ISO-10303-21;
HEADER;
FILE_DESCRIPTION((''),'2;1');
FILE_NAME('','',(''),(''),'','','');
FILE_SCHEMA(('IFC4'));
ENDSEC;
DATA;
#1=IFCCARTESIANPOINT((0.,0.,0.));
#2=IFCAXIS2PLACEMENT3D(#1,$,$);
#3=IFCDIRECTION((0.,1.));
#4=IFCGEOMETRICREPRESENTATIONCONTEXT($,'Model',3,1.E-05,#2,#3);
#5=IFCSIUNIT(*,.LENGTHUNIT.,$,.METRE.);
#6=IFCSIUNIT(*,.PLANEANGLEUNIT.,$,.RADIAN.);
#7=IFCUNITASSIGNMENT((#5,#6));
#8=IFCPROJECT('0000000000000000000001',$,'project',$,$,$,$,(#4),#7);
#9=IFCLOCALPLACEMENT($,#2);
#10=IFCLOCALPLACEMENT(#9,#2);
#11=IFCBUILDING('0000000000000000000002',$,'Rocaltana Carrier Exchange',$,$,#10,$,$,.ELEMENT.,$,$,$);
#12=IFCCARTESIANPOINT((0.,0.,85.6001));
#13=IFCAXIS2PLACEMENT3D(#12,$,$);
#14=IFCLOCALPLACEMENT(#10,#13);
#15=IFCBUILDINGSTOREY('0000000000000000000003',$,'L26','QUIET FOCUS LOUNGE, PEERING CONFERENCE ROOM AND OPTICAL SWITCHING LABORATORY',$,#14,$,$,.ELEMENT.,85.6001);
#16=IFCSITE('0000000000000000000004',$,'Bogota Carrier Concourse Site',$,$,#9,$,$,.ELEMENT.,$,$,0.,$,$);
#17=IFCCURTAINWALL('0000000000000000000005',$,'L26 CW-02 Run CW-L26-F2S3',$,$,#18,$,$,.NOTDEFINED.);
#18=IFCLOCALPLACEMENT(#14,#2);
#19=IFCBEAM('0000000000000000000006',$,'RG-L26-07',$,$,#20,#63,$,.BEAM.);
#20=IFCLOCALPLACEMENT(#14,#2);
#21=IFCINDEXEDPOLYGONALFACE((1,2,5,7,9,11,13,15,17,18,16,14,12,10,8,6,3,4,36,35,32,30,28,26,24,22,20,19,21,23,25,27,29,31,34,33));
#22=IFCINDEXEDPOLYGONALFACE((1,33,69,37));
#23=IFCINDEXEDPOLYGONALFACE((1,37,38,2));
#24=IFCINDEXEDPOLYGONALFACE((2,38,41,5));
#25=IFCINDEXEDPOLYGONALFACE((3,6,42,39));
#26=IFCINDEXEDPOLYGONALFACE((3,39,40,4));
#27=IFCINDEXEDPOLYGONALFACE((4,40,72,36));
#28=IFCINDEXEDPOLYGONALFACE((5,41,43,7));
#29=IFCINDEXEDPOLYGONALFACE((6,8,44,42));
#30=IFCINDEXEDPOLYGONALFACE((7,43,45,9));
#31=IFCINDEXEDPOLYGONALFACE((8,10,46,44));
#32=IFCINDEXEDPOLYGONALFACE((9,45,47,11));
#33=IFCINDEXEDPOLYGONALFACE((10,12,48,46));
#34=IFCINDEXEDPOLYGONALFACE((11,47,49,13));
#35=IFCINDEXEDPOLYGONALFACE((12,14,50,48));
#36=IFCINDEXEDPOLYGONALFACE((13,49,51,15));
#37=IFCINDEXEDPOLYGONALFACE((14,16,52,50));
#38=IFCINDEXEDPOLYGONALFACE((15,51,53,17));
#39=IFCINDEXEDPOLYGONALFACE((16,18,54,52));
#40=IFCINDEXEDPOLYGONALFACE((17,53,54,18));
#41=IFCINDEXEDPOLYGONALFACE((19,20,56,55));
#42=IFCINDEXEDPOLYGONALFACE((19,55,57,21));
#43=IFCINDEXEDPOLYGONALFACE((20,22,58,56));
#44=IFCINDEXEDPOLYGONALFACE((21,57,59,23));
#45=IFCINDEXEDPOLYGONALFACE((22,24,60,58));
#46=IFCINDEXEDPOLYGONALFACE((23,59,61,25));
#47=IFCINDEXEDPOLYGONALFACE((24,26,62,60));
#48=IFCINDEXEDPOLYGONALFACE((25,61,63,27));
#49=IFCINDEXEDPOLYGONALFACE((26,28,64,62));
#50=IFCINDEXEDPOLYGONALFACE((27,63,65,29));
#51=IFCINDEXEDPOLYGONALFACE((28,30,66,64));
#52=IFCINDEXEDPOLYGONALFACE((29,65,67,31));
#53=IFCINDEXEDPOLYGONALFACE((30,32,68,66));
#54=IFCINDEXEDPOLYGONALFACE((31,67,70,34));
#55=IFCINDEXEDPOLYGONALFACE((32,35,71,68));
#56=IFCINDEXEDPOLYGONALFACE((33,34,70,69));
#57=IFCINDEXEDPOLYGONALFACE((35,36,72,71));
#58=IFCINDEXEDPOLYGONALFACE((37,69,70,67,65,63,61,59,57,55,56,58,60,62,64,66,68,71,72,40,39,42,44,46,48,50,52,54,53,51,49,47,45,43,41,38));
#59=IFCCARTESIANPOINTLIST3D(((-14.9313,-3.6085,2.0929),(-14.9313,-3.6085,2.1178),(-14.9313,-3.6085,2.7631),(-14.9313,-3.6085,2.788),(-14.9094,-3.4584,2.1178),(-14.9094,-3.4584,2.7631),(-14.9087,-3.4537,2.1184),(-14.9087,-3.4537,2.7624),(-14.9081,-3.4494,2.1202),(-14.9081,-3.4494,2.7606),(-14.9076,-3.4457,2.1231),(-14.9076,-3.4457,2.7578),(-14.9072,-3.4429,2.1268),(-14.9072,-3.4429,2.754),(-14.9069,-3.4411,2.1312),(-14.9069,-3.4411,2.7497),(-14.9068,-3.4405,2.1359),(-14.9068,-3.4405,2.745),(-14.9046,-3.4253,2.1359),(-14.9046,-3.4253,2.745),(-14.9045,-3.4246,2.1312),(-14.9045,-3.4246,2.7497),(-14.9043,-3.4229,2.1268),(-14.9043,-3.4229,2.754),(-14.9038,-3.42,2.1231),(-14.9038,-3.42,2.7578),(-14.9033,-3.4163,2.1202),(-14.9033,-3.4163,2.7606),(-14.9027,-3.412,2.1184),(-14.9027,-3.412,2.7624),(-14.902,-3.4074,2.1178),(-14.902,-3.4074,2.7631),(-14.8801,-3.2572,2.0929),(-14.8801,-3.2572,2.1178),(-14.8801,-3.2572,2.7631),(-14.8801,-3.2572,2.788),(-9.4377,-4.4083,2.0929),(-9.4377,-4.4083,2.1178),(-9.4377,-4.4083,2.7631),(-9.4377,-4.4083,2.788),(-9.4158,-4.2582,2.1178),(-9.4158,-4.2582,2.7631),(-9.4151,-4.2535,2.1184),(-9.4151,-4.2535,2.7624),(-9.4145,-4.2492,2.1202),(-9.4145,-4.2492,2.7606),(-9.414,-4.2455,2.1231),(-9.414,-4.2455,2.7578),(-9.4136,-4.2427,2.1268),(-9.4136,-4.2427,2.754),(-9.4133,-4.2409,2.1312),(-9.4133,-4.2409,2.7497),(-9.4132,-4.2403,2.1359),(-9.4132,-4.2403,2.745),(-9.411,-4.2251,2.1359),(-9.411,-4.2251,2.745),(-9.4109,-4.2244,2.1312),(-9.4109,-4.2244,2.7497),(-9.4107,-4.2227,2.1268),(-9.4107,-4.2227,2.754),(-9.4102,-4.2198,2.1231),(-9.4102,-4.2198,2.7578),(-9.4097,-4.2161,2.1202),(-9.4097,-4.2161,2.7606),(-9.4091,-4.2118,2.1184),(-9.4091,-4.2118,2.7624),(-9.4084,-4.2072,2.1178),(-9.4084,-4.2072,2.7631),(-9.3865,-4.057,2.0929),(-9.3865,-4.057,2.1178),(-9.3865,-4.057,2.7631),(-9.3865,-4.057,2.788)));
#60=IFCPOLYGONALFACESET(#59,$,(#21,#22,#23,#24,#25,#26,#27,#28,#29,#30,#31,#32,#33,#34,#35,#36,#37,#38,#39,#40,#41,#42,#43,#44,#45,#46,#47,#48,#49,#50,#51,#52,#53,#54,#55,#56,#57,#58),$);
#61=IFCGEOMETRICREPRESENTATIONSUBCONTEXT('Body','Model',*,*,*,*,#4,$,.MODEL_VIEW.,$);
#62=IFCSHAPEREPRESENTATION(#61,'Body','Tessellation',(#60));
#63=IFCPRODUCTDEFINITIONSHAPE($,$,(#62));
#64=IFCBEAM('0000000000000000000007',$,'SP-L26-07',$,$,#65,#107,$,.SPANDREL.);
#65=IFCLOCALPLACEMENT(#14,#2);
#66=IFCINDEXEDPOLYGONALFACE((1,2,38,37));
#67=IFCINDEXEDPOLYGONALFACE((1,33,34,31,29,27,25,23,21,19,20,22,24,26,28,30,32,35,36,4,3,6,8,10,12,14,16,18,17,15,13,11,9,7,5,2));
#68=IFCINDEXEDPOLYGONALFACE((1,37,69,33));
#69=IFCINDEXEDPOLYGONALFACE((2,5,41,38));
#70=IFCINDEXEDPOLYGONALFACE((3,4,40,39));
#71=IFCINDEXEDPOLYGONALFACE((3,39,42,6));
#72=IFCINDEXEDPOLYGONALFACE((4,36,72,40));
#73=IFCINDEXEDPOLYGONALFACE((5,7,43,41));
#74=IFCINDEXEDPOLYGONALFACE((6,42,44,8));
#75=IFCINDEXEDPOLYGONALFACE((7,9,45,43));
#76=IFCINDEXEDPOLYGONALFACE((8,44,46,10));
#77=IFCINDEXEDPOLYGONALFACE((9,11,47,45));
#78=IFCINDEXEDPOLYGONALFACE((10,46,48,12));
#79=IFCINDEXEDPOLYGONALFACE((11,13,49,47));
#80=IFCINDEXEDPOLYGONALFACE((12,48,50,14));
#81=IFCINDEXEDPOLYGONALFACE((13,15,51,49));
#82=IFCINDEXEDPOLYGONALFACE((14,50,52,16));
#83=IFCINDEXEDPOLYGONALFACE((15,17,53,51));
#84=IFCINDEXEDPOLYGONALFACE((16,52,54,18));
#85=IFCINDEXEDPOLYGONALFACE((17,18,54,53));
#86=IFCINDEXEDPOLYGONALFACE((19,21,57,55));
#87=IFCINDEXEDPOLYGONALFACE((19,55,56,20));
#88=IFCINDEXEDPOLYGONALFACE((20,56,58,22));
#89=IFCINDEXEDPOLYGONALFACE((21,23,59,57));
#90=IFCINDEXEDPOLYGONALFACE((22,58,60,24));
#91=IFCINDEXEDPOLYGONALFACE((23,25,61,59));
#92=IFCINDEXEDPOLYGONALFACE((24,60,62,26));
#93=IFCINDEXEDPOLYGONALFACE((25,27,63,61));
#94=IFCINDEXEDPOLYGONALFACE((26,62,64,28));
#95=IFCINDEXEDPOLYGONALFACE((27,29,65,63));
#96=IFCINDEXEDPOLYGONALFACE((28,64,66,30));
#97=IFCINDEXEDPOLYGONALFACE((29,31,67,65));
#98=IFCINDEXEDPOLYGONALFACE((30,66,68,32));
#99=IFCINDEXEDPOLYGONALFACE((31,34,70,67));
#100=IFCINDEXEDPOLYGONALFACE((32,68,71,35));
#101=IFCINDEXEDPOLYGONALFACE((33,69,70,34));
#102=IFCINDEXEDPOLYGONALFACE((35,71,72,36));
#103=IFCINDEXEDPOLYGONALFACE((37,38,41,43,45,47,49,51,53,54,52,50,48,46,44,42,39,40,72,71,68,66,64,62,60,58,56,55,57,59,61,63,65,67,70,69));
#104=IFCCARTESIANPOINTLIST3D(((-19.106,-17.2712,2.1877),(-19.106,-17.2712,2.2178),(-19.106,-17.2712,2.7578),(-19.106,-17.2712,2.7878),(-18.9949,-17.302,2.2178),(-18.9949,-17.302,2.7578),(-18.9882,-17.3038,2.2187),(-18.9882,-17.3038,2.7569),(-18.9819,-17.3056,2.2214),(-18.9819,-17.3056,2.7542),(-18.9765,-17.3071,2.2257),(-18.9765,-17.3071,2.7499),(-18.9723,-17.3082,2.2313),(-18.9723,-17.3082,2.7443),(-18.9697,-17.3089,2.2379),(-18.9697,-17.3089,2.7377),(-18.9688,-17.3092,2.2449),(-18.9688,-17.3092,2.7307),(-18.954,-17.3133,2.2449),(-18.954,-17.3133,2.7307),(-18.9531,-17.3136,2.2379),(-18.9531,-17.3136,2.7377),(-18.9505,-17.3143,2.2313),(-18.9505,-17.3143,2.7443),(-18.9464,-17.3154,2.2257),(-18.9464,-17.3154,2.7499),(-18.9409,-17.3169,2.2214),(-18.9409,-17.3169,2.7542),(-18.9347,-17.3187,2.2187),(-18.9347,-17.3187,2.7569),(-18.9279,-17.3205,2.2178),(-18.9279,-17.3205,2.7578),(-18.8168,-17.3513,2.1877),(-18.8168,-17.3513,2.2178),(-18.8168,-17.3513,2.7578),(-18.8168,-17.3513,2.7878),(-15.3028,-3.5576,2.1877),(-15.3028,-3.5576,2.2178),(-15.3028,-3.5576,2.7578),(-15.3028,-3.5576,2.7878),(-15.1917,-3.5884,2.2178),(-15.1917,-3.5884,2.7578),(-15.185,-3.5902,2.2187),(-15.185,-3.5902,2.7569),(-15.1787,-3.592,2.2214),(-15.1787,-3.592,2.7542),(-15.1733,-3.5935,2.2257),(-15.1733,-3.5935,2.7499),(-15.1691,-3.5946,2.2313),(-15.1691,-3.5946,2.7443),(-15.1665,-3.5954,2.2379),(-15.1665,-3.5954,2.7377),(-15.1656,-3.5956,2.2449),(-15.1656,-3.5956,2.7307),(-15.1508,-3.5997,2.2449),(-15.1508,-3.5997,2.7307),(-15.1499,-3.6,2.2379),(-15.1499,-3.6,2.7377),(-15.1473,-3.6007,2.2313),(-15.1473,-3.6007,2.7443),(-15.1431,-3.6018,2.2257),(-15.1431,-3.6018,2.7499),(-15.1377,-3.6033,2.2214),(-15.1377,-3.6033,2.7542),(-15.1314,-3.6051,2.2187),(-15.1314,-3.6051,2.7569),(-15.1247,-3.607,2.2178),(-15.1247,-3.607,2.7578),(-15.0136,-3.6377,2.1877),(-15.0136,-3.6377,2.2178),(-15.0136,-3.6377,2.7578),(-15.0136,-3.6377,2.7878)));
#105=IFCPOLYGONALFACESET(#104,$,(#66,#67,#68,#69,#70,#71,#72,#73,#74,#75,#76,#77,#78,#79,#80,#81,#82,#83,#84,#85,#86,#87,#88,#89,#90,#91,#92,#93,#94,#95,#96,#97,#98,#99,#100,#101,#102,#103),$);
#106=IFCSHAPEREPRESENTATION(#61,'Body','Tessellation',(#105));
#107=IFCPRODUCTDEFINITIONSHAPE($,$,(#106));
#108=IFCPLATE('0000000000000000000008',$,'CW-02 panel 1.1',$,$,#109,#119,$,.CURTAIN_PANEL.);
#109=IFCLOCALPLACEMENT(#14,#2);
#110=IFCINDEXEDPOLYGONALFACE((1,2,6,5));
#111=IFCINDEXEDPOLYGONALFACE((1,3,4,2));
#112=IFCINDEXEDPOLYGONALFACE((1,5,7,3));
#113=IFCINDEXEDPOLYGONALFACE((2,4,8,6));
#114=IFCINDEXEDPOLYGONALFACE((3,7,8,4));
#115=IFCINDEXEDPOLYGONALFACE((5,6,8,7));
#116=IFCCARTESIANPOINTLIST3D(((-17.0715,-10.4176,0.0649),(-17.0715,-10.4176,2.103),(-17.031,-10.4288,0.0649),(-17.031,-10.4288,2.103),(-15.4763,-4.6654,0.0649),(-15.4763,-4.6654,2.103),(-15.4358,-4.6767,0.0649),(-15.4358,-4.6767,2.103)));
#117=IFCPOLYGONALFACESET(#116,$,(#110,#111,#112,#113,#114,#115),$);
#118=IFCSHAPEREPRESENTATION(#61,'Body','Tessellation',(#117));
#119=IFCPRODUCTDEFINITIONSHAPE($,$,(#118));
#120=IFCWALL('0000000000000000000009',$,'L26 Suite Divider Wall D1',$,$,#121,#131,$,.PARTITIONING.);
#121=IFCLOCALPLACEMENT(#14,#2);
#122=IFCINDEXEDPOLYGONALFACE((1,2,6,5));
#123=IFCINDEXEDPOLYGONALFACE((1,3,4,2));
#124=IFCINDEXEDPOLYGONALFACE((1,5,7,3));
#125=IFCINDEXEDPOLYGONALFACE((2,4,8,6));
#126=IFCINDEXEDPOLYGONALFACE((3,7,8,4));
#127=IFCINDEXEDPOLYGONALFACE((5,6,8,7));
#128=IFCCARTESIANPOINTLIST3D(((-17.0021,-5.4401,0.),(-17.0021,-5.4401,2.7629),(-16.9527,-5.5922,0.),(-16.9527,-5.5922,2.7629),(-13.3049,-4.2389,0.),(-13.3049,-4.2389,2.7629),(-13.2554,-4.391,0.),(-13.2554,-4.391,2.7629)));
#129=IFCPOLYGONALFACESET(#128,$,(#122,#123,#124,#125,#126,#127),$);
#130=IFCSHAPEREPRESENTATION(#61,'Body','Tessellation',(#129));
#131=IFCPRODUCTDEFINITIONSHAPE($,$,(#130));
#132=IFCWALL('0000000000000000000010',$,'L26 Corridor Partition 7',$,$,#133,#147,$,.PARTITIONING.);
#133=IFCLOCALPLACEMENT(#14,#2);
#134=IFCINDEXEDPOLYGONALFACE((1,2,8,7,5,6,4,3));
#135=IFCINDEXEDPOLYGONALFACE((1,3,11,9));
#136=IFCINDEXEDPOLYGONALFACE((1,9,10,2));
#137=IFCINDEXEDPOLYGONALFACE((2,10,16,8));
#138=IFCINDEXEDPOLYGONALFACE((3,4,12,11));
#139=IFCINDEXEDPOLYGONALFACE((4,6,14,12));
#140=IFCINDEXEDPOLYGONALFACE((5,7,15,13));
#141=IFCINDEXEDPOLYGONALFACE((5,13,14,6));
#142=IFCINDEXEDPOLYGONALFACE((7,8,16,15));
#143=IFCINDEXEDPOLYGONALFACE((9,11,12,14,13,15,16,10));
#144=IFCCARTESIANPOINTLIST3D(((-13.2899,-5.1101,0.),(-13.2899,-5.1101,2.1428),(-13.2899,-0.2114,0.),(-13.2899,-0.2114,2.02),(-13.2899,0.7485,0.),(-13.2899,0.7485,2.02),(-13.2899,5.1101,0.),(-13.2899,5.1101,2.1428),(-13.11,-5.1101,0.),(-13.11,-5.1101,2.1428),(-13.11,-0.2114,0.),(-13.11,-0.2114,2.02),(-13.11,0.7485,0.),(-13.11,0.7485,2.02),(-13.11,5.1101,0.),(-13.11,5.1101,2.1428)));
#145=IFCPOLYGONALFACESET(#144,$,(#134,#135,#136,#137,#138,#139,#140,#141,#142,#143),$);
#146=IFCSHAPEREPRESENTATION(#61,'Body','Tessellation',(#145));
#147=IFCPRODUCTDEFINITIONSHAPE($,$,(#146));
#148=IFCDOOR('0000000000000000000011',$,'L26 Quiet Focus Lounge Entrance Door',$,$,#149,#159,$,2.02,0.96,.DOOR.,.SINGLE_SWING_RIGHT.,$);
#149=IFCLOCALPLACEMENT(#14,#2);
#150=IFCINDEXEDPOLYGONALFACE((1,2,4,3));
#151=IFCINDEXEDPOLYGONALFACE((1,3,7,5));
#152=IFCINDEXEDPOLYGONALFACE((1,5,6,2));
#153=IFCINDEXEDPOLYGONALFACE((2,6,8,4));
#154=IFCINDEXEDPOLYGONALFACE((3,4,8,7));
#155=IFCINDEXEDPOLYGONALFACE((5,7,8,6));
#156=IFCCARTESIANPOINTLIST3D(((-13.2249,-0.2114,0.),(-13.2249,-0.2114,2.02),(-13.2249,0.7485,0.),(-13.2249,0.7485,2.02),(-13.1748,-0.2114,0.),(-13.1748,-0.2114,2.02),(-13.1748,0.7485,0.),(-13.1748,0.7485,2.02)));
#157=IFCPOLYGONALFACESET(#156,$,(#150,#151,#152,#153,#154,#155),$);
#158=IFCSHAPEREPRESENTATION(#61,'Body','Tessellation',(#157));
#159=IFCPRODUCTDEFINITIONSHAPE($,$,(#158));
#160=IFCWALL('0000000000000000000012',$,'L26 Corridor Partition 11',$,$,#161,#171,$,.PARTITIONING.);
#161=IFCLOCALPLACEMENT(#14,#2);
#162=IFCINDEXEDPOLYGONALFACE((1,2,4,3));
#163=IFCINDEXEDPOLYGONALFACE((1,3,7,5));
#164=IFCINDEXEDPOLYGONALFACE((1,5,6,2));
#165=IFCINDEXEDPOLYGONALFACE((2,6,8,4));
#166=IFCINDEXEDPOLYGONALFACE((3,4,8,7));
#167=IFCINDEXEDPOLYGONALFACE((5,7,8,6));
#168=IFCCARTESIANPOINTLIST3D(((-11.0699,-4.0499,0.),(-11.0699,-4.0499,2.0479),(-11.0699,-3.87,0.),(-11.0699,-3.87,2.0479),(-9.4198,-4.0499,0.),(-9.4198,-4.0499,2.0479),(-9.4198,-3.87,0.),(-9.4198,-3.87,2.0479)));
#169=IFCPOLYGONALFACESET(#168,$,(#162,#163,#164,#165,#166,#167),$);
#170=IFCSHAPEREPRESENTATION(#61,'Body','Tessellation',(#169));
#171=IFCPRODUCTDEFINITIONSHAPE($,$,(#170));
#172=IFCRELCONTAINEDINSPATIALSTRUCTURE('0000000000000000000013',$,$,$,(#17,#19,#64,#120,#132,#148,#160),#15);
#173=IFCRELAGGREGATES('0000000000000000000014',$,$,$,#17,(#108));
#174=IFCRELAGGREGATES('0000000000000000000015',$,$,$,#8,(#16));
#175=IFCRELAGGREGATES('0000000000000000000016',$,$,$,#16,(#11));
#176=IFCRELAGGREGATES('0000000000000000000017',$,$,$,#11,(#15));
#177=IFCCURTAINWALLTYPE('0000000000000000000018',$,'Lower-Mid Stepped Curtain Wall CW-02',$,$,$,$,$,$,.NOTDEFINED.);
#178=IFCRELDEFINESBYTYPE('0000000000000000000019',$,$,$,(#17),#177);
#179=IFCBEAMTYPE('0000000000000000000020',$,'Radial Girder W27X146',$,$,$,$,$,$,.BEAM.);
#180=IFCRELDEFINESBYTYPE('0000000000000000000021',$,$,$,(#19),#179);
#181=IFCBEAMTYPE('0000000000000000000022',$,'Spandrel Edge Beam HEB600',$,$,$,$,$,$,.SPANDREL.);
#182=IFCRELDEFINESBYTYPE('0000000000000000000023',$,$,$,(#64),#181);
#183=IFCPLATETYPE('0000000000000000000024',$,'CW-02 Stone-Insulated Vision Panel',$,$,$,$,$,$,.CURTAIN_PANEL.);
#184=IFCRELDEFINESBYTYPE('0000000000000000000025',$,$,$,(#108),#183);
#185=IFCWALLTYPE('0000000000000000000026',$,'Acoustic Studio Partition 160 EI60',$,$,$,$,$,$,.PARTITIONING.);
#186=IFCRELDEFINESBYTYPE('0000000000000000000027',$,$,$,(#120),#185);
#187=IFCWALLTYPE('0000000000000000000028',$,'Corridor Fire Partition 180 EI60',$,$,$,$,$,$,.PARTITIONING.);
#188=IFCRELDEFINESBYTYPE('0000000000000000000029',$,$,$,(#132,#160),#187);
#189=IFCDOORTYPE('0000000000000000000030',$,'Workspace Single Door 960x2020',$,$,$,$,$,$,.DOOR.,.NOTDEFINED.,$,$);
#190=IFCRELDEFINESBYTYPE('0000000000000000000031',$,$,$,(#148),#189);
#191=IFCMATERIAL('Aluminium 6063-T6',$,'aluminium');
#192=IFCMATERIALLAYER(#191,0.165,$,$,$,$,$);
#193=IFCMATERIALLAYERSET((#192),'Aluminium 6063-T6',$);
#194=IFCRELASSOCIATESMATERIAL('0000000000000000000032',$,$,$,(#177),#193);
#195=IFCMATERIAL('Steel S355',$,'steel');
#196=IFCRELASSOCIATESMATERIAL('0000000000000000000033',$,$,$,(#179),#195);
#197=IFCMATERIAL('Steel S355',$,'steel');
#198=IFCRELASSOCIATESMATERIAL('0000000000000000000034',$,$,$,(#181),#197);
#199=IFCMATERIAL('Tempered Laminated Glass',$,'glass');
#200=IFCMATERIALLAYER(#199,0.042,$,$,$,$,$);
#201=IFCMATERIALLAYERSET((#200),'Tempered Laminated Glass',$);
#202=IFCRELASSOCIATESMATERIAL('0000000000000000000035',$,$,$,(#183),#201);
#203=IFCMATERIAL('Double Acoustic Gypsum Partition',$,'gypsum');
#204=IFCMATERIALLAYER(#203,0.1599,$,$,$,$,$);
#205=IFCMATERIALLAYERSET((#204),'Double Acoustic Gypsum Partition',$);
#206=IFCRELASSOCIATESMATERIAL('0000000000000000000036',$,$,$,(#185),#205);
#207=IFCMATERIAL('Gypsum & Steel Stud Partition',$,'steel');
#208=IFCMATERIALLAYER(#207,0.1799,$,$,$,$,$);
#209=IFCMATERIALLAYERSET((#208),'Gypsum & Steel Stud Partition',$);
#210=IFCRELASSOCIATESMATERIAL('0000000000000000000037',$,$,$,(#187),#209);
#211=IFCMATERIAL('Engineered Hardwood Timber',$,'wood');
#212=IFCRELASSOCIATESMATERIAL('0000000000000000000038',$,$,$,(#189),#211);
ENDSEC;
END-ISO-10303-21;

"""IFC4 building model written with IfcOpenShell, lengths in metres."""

from ifc_helpers import new_model, si_unit, direction, frame, frame_2d, origin, origin_2d, place, context, subcontext, project, spatial, rectangle, i_section, extrude, material, layer, layer_set, material_profile, profile_set, type_object, element, fill, aggregate, save


model = new_model("IFC4")

# Units and contexts
model_context = context("Model", 3, precision=1e-05, world=origin(), true_north=direction((0.0, 1.0)))
body_context = subcontext(model_context, "Body", "Model", "MODEL_VIEW")
ifc_project = project(units=[si_unit("LENGTHUNIT", "METRE"), si_unit("PLANEANGLEUNIT", "RADIAN")], contexts=[model_context])

# Site, building, storey
site_placement = place(None, origin())
site = spatial("IfcSite", under=ifc_project, at=site_placement, Name="Bogota Carrier Concourse Site", CompositionType="ELEMENT", RefElevation=0.0)
building_placement = place(site_placement, origin())
building = spatial("IfcBuilding", under=site, at=building_placement, Name="Rocaltana Carrier Exchange", CompositionType="ELEMENT")
storey_placement = place(building_placement, frame((0.0, 0.0, 85.6001)))
storey = spatial("IfcBuildingStorey", under=building, at=storey_placement, Name="L26", Description="QUIET FOCUS LOUNGE, PEERING CONFERENCE ROOM AND OPTICAL SWITCHING LABORATORY", CompositionType="ELEMENT", Elevation=85.6001)

# Shared definitions
ifc_material_1 = material(Name="Aluminium 6063-T6", Category="aluminium")
ifc_layer_1 = layer(ifc_material_1, 0.165)
ifc_layer_set_1 = layer_set([ifc_layer_1], Name="Aluminium 6063-T6")
curtain_wall_type = type_object("IfcCurtainWallType", Name="Lower-Mid Stepped Curtain Wall CW-02", PredefinedType="NOTDEFINED", material=ifc_layer_set_1)

# Curtain wall
curtain_wall_1_placement = place(storey_placement, origin())
curtain_wall_1 = element("IfcCurtainWall", 1, at=curtain_wall_1_placement, inside=storey, type_object=curtain_wall_type, Name="L26 CW-02 Run CW-L26-F2S3", PredefinedType="NOTDEFINED")

# Beams
ifc_material_2 = material(Name="Steel S355", Category="steel")
ifc_material_profile_1 = material_profile(ifc_material_2, i_section(OverallWidth=0.355, OverallDepth=0.6951, WebThickness=0.0154, FlangeThickness=0.0249, FilletRadius=0.0181, at=origin_2d()), Name="W27X146")
ifc_profile_set_1 = profile_set([ifc_material_profile_1], Name="Steel S355")
beam_type_1 = type_object("IfcBeamType", Name="Radial Girder W27X146", PredefinedType="BEAM", material=ifc_profile_set_1)
beam_1_placement = place(storey_placement, frame((-9.4121, -4.2327, 2.4404), z_axis=(-0.989568, 0.144068, 0.0), x_axis=(-0.144068, -0.989568, 0.0)))
element("IfcBeam", 2, at=beam_1_placement, inside=storey, type_object=beam_type_1, Name="RG-L26-07", PredefinedType="BEAM", context=body_context, shape_type="SweptSolid", body=[
    extrude(i_section(OverallWidth=0.355, OverallDepth=0.6951, WebThickness=0.0154, FlangeThickness=0.0249, FilletRadius=0.0181, at=origin_2d()), origin(), (0.0, 0.0, 1.0), 5.5515),
])
ifc_material_3 = material(Name="Steel S355", Category="steel")
ifc_material_profile_2 = material_profile(ifc_material_3, i_section(OverallWidth=0.3, OverallDepth=0.6001, WebThickness=0.0154, FlangeThickness=0.03, FilletRadius=0.0271, at=origin_2d()), Name="HEB600")
ifc_profile_set_2 = profile_set([ifc_material_profile_2], Name="Steel S355")
beam_type_2 = type_object("IfcBeamType", Name="Spandrel Edge Beam HEB600", PredefinedType="SPANDREL", material=ifc_profile_set_2)
beam_2_placement = place(storey_placement, frame((-15.1582, -3.5977, 2.4878), z_axis=(-0.267245, -0.963629, 0.0), x_axis=(0.963629, -0.267245, 0.0)))
element("IfcBeam", 3, at=beam_2_placement, inside=storey, type_object=beam_type_2, Name="SP-L26-07", PredefinedType="SPANDREL", context=body_context, shape_type="SweptSolid", body=[
    extrude(i_section(OverallWidth=0.3, OverallDepth=0.6001, WebThickness=0.0154, FlangeThickness=0.03, FilletRadius=0.0271, at=origin_2d()), origin(), (0.0, 0.0, 1.0), 14.2312),
])

# Plate
ifc_material_4 = material(Name="Tempered Laminated Glass", Category="glass")
ifc_layer_2 = layer(ifc_material_4, 0.042)
ifc_layer_set_2 = layer_set([ifc_layer_2], Name="Tempered Laminated Glass")
plate_type = type_object("IfcPlateType", Name="CW-02 Stone-Insulated Vision Panel", PredefinedType="CURTAIN_PANEL", material=ifc_layer_set_2)
plate_placement = place(storey_placement, frame((-16.2537, -7.5471, 0.0649), z_axis=(0.0, 0.0, 1.0), x_axis=(-0.267243, -0.963629, 0.0)))
plate = element("IfcPlate", 4, at=plate_placement, type_object=plate_type, Name="CW-02 panel 1.1", PredefinedType="CURTAIN_PANEL", context=body_context, shape_type="SweptSolid", body=[
    extrude(rectangle(XDim=5.9692, YDim=0.042, at=origin_2d()), origin(), (0.0, 0.0, 1.0), 2.0381),
])
aggregate(curtain_wall_1, [plate])

# Wall
ifc_material_5 = material(Name="Double Acoustic Gypsum Partition", Category="gypsum")
ifc_layer_3 = layer(ifc_material_5, 0.1599)
ifc_layer_set_3 = layer_set([ifc_layer_3], Name="Double Acoustic Gypsum Partition")
wall_type_1 = type_object("IfcWallType", Name="Acoustic Studio Partition 160 EI60", PredefinedType="PARTITIONING", material=ifc_layer_set_3)
wall_1_placement = place(storey_placement, frame((-13.28, -4.3149, 0.0), z_axis=(0.0, 0.0, 1.0), x_axis=(-0.951067, -0.308984, 0.0)))
element("IfcWall", 5, at=wall_1_placement, inside=storey, type_object=wall_type_1, Name="L26 Suite Divider Wall D1", PredefinedType="PARTITIONING", context=body_context, shape_type="SweptSolid", body=[
    extrude(rectangle(XDim=3.8875, YDim=0.1599, at=frame_2d((1.9438, 0.0))), origin(), (0.0, 0.0, 1.0), 2.7629),
])

# Wall, opening, door
ifc_material_6 = material(Name="Gypsum & Steel Stud Partition", Category="steel")
ifc_layer_4 = layer(ifc_material_6, 0.1799)
ifc_layer_set_4 = layer_set([ifc_layer_4], Name="Gypsum & Steel Stud Partition")
wall_type_2 = type_object("IfcWallType", Name="Corridor Fire Partition 180 EI60", PredefinedType="PARTITIONING", material=ifc_layer_set_4)
wall_2_placement = place(storey_placement, frame((-13.2, -5.1101, 0.0), z_axis=(0.0, 0.0, 1.0), x_axis=(0.0, 1.0, 0.0)))
wall_2 = element("IfcWall", 6, at=wall_2_placement, inside=storey, type_object=wall_type_2, Name="L26 Corridor Partition 7", PredefinedType="PARTITIONING", context=body_context, shape_type="SweptSolid", body=[
    extrude(rectangle(XDim=10.2202, YDim=0.1799, at=frame_2d((5.1101, 0.0))), origin(), (0.0, 0.0, 1.0), 2.1428),
])
opening_placement = place(wall_2_placement, frame((4.8987, 0.0, 0.0)))
opening = element("IfcOpeningElement", 7, at=opening_placement, cuts=wall_2, PredefinedType="OPENING", context=body_context, shape_type="SweptSolid", body=[
    extrude(rectangle(XDim=0.96, YDim=2.02, at=frame_2d((0.48, 1.01))), frame((0.0, 0.0999, 0.0), z_axis=(0.0, -1.0, 0.0), x_axis=(1.0, 0.0, 0.0)), (0.0, 0.0, 1.0), 0.2),
])
ifc_material_7 = material(Name="Engineered Hardwood Timber", Category="wood")
door_type = type_object("IfcDoorType", Name="Workspace Single Door 960x2020", OperationType="NOTDEFINED", PredefinedType="DOOR", material=ifc_material_7)
door_placement = place(opening_placement, origin())
door = element("IfcDoor", 8, at=door_placement, inside=storey, type_object=door_type, Name="L26 Quiet Focus Lounge Entrance Door", OperationType="SINGLE_SWING_RIGHT", OverallHeight=2.02, OverallWidth=0.96, PredefinedType="DOOR", context=body_context, shape_type="SweptSolid", body=[
    extrude(rectangle(XDim=0.96, YDim=2.02, at=frame_2d((0.48, 1.01))), frame((0.0, 0.0249, 0.0), z_axis=(0.0, -1.0, 0.0), x_axis=(1.0, 0.0, 0.0)), (0.0, 0.0, 1.0), 0.05),
])
fill(opening, door)

# Wall
wall_3_placement = place(storey_placement, frame((-11.0701, -3.96, 0.0), z_axis=(0.0, 0.0, 1.0), x_axis=(1.0, 0.0, 0.0)))
element("IfcWall", 9, at=wall_3_placement, inside=storey, type_object=wall_type_2, Name="L26 Corridor Partition 11", PredefinedType="PARTITIONING", context=body_context, shape_type="SweptSolid", body=[
    extrude(rectangle(XDim=1.6501, YDim=0.1799, at=frame_2d((0.8252, 0.0))), origin(), (0.0, 0.0, 1.0), 2.0479),
])

save(model, "model.ifc")
